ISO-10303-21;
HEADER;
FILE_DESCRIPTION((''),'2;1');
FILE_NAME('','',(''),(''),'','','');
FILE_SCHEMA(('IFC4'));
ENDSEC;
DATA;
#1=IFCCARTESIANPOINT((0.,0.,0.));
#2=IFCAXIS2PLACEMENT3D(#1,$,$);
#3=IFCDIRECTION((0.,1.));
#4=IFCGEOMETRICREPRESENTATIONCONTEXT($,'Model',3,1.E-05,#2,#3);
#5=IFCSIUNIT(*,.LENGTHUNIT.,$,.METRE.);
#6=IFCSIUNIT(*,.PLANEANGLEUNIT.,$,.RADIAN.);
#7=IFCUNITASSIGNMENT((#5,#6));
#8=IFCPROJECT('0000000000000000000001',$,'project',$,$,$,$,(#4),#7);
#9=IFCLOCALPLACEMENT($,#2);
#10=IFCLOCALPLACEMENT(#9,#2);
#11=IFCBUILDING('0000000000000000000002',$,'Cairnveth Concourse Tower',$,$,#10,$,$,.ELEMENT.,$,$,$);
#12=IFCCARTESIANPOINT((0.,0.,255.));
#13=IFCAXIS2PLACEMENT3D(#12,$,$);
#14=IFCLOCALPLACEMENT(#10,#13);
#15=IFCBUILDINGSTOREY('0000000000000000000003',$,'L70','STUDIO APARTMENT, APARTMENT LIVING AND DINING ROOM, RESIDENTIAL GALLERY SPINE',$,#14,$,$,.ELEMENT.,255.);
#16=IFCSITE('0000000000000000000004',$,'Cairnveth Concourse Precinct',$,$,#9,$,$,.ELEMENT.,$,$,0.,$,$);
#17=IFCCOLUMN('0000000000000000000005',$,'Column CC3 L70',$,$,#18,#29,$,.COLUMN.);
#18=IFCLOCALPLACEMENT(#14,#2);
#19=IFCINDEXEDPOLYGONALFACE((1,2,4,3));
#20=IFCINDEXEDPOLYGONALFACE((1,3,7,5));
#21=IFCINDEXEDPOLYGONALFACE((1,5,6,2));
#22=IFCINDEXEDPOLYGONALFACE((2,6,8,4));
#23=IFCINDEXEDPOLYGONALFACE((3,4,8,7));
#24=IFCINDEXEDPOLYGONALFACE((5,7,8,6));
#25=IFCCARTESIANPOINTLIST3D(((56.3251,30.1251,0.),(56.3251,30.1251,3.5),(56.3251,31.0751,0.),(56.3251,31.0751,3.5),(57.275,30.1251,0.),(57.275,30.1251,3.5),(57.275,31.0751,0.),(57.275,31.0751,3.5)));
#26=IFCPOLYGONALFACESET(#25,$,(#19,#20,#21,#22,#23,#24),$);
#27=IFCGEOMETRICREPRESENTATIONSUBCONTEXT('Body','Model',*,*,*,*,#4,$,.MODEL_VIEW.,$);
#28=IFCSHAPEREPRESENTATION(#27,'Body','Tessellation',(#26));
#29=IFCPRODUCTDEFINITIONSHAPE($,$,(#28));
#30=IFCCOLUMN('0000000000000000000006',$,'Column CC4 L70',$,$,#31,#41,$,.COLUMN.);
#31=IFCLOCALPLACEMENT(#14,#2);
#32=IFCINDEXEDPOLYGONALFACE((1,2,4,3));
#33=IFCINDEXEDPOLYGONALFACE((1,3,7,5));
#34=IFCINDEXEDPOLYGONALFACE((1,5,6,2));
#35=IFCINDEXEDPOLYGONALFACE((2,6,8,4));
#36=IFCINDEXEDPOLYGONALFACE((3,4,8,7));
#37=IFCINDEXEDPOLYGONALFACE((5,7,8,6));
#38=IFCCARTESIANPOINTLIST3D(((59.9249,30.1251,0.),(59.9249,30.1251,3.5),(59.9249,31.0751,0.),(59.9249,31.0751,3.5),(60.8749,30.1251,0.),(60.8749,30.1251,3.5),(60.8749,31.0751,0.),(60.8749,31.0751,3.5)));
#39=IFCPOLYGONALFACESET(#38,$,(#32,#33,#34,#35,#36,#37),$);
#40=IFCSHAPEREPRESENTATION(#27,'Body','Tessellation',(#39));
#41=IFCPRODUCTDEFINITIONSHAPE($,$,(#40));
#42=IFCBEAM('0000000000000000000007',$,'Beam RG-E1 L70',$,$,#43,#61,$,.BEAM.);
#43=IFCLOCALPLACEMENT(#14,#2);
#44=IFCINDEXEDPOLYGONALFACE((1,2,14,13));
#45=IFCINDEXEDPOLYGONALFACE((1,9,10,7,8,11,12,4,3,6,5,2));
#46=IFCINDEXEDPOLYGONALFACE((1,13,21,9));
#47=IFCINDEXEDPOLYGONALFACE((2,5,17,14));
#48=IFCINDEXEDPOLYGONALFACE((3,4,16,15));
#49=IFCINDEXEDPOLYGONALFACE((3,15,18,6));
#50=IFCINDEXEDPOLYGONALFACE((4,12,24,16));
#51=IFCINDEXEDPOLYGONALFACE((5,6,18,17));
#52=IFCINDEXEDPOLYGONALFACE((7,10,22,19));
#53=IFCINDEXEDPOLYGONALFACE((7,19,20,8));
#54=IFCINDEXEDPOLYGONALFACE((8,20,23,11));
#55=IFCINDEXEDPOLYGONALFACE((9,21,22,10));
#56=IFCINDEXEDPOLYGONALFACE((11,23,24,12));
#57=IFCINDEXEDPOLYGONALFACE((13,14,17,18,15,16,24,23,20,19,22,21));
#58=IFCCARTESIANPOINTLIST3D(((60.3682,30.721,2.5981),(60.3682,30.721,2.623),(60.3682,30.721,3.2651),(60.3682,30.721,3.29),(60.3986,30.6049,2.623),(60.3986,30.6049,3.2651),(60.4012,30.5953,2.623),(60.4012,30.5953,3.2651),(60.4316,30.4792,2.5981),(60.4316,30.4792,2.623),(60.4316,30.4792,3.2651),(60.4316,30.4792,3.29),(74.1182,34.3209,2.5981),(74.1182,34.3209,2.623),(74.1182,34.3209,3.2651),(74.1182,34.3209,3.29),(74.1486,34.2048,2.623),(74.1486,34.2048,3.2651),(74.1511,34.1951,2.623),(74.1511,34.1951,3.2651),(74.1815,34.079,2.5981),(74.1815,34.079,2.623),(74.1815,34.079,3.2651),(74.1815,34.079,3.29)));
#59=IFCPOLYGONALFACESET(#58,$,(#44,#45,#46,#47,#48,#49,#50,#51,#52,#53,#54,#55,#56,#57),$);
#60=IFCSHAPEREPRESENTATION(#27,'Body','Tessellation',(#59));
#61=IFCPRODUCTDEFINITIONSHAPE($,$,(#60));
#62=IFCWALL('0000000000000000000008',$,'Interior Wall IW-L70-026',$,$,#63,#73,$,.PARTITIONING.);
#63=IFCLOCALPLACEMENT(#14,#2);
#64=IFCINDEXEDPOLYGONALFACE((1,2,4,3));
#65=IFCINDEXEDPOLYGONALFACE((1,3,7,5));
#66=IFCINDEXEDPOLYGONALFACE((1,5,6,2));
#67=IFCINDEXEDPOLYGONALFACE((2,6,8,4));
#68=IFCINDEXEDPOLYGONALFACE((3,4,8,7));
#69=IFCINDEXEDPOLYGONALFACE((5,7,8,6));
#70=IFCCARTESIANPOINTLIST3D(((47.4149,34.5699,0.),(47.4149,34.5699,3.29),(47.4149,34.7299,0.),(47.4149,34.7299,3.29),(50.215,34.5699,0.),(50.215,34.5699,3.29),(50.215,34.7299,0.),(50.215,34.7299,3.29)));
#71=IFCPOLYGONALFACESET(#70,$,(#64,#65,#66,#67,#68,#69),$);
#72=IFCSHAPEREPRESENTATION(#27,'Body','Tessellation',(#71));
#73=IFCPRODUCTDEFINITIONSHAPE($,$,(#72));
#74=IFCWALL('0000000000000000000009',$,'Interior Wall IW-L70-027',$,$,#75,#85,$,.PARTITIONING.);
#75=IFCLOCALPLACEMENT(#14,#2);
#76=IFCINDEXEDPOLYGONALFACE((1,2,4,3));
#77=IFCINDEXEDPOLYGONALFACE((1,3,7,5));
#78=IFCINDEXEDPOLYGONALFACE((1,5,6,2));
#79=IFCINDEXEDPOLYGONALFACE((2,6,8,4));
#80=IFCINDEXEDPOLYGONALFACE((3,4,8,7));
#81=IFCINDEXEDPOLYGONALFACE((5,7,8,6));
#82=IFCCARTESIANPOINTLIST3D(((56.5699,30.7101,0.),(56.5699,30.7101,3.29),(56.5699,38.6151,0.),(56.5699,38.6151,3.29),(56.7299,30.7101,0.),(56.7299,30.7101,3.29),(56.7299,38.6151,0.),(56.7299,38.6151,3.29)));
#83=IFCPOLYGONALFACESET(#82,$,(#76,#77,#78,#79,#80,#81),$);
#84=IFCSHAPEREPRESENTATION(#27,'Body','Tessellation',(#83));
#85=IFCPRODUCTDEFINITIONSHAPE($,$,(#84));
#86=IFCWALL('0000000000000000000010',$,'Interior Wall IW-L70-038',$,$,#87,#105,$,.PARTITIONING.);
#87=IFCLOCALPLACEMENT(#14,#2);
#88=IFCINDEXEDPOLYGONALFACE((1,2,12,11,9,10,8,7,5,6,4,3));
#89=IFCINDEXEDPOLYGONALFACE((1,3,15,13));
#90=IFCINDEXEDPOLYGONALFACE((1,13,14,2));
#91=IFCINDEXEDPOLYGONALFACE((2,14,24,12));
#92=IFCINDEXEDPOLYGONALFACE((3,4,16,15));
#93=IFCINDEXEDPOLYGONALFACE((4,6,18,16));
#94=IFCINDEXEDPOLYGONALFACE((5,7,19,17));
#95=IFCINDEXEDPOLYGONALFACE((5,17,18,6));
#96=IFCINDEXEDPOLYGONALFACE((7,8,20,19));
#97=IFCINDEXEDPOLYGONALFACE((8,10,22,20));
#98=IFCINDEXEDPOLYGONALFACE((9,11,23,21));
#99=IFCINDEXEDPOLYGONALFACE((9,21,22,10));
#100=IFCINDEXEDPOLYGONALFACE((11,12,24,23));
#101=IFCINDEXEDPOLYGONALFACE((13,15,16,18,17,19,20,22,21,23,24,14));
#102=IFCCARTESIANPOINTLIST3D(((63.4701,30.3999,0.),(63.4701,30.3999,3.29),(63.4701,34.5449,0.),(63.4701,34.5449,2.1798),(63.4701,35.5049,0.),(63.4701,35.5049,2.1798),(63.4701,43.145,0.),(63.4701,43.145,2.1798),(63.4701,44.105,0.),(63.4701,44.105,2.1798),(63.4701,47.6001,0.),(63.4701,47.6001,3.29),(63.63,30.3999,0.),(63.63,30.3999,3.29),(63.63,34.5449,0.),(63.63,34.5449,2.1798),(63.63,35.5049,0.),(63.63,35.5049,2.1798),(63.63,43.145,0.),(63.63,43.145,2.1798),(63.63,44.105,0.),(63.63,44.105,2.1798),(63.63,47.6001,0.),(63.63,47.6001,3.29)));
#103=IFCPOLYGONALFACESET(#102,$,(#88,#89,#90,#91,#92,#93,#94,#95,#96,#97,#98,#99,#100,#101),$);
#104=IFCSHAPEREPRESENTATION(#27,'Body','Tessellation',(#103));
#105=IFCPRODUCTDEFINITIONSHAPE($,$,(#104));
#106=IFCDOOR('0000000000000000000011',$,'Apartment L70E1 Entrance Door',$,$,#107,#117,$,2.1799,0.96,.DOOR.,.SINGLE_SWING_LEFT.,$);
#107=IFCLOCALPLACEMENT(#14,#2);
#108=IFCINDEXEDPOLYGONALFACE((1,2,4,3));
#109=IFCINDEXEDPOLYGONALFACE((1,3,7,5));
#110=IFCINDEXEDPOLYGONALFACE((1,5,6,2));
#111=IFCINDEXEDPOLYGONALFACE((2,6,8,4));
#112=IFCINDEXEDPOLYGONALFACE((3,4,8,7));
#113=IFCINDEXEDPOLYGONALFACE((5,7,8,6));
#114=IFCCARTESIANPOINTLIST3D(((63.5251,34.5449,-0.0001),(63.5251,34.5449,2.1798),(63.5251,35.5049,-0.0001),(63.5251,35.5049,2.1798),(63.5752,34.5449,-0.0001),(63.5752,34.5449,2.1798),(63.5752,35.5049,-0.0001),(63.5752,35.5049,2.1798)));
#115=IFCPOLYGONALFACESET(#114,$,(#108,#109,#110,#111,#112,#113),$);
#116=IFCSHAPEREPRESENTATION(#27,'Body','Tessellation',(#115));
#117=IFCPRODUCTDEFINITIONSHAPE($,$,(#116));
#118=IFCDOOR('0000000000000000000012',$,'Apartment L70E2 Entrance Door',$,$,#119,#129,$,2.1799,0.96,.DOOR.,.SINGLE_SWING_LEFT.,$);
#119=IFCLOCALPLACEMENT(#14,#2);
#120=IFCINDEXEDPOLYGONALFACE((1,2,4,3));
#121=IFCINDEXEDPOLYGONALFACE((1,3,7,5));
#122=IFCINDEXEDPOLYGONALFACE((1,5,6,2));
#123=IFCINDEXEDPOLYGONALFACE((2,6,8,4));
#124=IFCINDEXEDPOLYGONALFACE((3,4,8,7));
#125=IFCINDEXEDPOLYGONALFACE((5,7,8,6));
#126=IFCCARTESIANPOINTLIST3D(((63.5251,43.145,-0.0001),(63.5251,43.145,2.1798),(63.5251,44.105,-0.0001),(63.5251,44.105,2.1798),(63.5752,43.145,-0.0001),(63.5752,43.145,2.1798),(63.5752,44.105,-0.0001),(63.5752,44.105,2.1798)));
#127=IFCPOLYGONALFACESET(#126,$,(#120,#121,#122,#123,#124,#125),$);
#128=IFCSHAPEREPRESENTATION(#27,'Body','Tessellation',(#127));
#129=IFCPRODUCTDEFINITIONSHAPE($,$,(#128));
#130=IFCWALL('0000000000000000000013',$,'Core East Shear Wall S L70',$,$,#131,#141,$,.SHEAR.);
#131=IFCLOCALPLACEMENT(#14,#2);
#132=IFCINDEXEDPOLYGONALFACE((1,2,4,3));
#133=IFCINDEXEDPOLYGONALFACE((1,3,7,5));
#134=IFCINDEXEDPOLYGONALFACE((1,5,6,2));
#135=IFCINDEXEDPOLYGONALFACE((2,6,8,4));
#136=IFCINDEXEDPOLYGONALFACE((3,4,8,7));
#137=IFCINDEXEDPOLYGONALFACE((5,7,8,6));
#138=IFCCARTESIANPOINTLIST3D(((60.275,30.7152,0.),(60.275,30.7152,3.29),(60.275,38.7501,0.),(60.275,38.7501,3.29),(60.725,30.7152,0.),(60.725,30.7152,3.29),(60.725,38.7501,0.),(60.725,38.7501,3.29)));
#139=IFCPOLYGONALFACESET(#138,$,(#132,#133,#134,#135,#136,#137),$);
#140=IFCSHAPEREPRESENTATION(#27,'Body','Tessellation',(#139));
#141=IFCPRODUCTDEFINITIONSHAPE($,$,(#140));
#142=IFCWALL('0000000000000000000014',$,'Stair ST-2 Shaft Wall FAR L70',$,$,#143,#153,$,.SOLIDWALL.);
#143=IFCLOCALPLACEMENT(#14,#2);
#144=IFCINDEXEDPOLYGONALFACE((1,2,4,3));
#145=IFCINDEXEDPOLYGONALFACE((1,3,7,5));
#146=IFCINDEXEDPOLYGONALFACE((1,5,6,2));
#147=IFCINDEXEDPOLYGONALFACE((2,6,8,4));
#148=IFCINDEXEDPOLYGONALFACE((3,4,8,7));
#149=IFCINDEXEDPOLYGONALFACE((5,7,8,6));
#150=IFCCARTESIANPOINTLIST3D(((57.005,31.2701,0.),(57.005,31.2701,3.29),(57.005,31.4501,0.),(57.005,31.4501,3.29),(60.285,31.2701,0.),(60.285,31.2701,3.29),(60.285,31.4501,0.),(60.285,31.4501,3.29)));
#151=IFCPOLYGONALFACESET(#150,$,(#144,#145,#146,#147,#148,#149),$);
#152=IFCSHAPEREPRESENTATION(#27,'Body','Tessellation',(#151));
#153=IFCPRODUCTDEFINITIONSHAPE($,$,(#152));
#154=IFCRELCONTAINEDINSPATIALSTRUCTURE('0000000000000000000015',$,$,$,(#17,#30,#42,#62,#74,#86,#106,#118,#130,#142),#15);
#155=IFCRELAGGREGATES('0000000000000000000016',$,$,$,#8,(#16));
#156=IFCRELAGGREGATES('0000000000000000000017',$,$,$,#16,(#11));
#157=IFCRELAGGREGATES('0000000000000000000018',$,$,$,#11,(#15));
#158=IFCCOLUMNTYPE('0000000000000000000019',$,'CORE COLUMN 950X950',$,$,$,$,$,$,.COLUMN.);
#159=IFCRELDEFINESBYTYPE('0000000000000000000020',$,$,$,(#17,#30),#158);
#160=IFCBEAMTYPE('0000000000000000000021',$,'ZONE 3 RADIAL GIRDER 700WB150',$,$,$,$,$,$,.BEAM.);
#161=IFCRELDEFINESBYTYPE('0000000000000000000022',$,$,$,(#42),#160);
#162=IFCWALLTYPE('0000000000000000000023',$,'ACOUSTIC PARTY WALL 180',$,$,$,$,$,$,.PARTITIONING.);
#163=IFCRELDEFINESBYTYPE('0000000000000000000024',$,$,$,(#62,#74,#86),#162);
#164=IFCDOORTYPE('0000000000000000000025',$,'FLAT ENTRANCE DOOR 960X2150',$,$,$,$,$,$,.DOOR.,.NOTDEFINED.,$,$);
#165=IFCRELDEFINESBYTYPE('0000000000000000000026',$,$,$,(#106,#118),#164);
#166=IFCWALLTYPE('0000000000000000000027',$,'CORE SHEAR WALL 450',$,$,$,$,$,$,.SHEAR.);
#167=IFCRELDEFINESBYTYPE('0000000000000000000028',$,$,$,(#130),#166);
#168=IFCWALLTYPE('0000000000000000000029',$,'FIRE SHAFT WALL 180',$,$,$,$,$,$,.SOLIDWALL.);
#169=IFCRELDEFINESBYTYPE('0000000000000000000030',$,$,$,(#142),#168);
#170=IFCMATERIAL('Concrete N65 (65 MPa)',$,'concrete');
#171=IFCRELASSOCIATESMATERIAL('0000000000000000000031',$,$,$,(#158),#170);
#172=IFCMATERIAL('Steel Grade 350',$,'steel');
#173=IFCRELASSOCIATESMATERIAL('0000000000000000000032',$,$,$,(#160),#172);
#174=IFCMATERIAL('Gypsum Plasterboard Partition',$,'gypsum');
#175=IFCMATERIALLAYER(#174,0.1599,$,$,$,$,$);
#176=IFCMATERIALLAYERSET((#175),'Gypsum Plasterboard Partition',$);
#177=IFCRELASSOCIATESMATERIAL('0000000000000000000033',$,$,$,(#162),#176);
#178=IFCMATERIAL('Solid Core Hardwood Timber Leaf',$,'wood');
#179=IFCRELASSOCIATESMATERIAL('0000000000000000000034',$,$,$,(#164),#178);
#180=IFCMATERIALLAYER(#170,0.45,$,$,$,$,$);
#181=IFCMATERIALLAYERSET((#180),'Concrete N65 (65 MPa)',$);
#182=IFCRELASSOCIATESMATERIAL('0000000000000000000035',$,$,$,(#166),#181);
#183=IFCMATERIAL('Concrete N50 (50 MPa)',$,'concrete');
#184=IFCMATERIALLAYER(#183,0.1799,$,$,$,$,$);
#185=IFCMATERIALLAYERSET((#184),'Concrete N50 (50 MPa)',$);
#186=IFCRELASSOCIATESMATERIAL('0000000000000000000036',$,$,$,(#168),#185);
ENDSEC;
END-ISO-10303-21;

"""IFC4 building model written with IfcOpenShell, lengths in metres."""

from ifc_helpers import new_model, si_unit, direction, frame, frame_2d, origin, origin_2d, place, context, subcontext, project, spatial, rectangle, i_section, extrude, material, layer, layer_set, material_profile, profile_set, type_object, element, fill, save


model = new_model("IFC4")

# Units and contexts
model_context = context("Model", 3, precision=1e-05, world=origin(), true_north=direction((0.0, 1.0)))
body_context = subcontext(model_context, "Body", "Model", "MODEL_VIEW")
ifc_project = project(units=[si_unit("LENGTHUNIT", "METRE"), si_unit("PLANEANGLEUNIT", "RADIAN")], contexts=[model_context])

# Site, building, storey
site_placement = place(None, origin())
site = spatial("IfcSite", under=ifc_project, at=site_placement, Name="Cairnveth Concourse Precinct", CompositionType="ELEMENT", RefElevation=0.0)
building_placement = place(site_placement, origin())
building = spatial("IfcBuilding", under=site, at=building_placement, Name="Cairnveth Concourse Tower", CompositionType="ELEMENT")
storey_placement = place(building_placement, frame((0.0, 0.0, 255.0)))
storey = spatial("IfcBuildingStorey", under=building, at=storey_placement, Name="L70", Description="STUDIO APARTMENT, APARTMENT LIVING AND DINING ROOM, RESIDENTIAL GALLERY SPINE", CompositionType="ELEMENT", Elevation=255.0)

# Columns
ifc_material_1 = material(Name="Concrete N65 (65 MPa)", Category="concrete")
ifc_material_profile_1 = material_profile(ifc_material_1, rectangle(XDim=0.95, YDim=0.95, at=origin_2d()), Name="RC-COL-950x950")
ifc_profile_set_1 = profile_set([ifc_material_profile_1], Name="Concrete N65 (65 MPa)")
column_type = type_object("IfcColumnType", Name="CORE COLUMN 950X950", PredefinedType="COLUMN", material=ifc_profile_set_1)
for number, where, z_axis, x_axis, name in (
    (1, (56.8, 30.6001, 0.0), (0.0, 0.0, 1.0), (1.0, 0.0, 0.0), "Column CC3 L70"),
    (2, (60.3999, 30.6001, 0.0), (0.0, 0.0, 1.0), (1.0, 0.0, 0.0), "Column CC4 L70"),
):
    element("IfcColumn", number, at=place(storey_placement, frame(where, z_axis=z_axis, x_axis=x_axis)), inside=storey, type_object=column_type, Name=name, PredefinedType="COLUMN", context=body_context, shape_type="SweptSolid", body=[
        extrude(rectangle(XDim=0.95, YDim=0.95, at=origin_2d()), origin(), (0.0, 0.0, 1.0), 3.5),
    ])

# Beam
ifc_material_2 = material(Name="Steel Grade 350", Category="steel")
ifc_material_profile_2 = material_profile(ifc_material_2, i_section(OverallWidth=0.25, OverallDepth=0.6919, WebThickness=0.01, FlangeThickness=0.0249, at=origin_2d()), Name="700WB150")
ifc_profile_set_2 = profile_set([ifc_material_profile_2], Name="Steel Grade 350")
beam_type = type_object("IfcBeamType", Name="ZONE 3 RADIAL GIRDER 700WB150", PredefinedType="BEAM", material=ifc_profile_set_2)
beam_placement = place(storey_placement, frame((60.3999, 30.6001, 2.9441), z_axis=(0.967395, 0.253271, 0.0), x_axis=(-0.253271, 0.967395, 0.0)))
element("IfcBeam", 3, at=beam_placement, inside=storey, type_object=beam_type, Name="Beam RG-E1 L70", PredefinedType="BEAM", context=body_context, shape_type="SweptSolid", body=[
    extrude(i_section(OverallWidth=0.25, OverallDepth=0.6919, WebThickness=0.01, FlangeThickness=0.0249, at=origin_2d()), origin(), (0.0, 0.0, 1.0), 14.2134),
])

# Walls
ifc_material_3 = material(Name="Gypsum Plasterboard Partition", Category="gypsum")
ifc_layer_1 = layer(ifc_material_3, 0.1599)
ifc_layer_set_1 = layer_set([ifc_layer_1], Name="Gypsum Plasterboard Partition")
wall_type_1 = type_object("IfcWallType", Name="ACOUSTIC PARTY WALL 180", PredefinedType="PARTITIONING", material=ifc_layer_set_1)
wall_1_placement = place(storey_placement, frame((47.415, 34.6499, 0.0), z_axis=(0.0, 0.0, 1.0), x_axis=(1.0, 0.0, 0.0)))
element("IfcWall", 4, at=wall_1_placement, inside=storey, type_object=wall_type_1, Name="Interior Wall IW-L70-026", PredefinedType="PARTITIONING", context=body_context, shape_type="SweptSolid", body=[
    extrude(rectangle(XDim=2.8, YDim=0.1599, at=frame_2d((1.3999, 0.0))), origin(), (0.0, 0.0, 1.0), 3.29),
])
wall_2_placement = place(storey_placement, frame((56.6499, 30.71, 0.0), z_axis=(0.0, 0.0, 1.0), x_axis=(0.0, 1.0, 0.0)))
element("IfcWall", 5, at=wall_2_placement, inside=storey, type_object=wall_type_1, Name="Interior Wall IW-L70-027", PredefinedType="PARTITIONING", context=body_context, shape_type="SweptSolid", body=[
    extrude(rectangle(XDim=7.905, YDim=0.1599, at=frame_2d((3.9526, 0.0))), origin(), (0.0, 0.0, 1.0), 3.29),
])

# Wall, openings, doors
wall_3_placement = place(storey_placement, frame((63.55, 30.3999, 0.0), z_axis=(0.0, 0.0, 1.0), x_axis=(0.0, 1.0, 0.0)))
wall_3 = element("IfcWall", 6, at=wall_3_placement, inside=storey, type_object=wall_type_1, Name="Interior Wall IW-L70-038", PredefinedType="PARTITIONING", context=body_context, shape_type="SweptSolid", body=[
    extrude(rectangle(XDim=17.2002, YDim=0.1599, at=frame_2d((8.6001, 0.0))), origin(), (0.0, 0.0, 1.0), 3.29),
])
opening_1_placement = place(wall_3_placement, frame((4.145, 0.0, 0.0)))
opening_1 = element("IfcOpeningElement", 7, at=opening_1_placement, cuts=wall_3, PredefinedType="OPENING", context=body_context, shape_type="SweptSolid", body=[
    extrude(rectangle(XDim=0.96, YDim=2.1799, at=frame_2d((0.48, 1.0898))), frame((0.0, 0.0898, 0.0), z_axis=(0.0, -1.0, 0.0), x_axis=(1.0, 0.0, 0.0)), (0.0, 0.0, 1.0), 0.1799),
])
opening_2_placement = place(wall_3_placement, frame((12.7451, 0.0, 0.0)))
opening_2 = element("IfcOpeningElement", 8, at=opening_2_placement, cuts=wall_3, PredefinedType="OPENING", context=body_context, shape_type="SweptSolid", body=[
    extrude(rectangle(XDim=0.96, YDim=2.1799, at=frame_2d((0.48, 1.0898))), frame((0.0, 0.0898, 0.0), z_axis=(0.0, -1.0, 0.0), x_axis=(1.0, 0.0, 0.0)), (0.0, 0.0, 1.0), 0.1799),
])
ifc_material_4 = material(Name="Solid Core Hardwood Timber Leaf", Category="wood")
door_type_1 = type_object("IfcDoorType", Name="FLAT ENTRANCE DOOR 960X2150", OperationType="NOTDEFINED", PredefinedType="DOOR", material=ifc_material_4)
door_1_placement = place(opening_1_placement, origin())
door_1 = element("IfcDoor", 9, at=door_1_placement, inside=storey, type_object=door_type_1, Name="Apartment L70E1 Entrance Door", OperationType="SINGLE_SWING_LEFT", OverallHeight=2.1799, OverallWidth=0.96, PredefinedType="DOOR", context=body_context, shape_type="SweptSolid", body=[
    extrude(rectangle(XDim=0.96, YDim=2.1799, at=frame_2d((0.48, 1.0898))), frame((0.0, 0.0249, 0.0), z_axis=(0.0, -1.0, 0.0), x_axis=(1.0, 0.0, 0.0)), (0.0, 0.0, 1.0), 0.05),
])
fill(opening_1, door_1)
door_2_placement = place(opening_2_placement, origin())
door_2 = element("IfcDoor", 10, at=door_2_placement, inside=storey, type_object=door_type_1, Name="Apartment L70E2 Entrance Door", OperationType="SINGLE_SWING_LEFT", OverallHeight=2.1799, OverallWidth=0.96, PredefinedType="DOOR", context=body_context, shape_type="SweptSolid", body=[
    extrude(rectangle(XDim=0.96, YDim=2.1799, at=frame_2d((0.48, 1.0898))), frame((0.0, 0.0249, 0.0), z_axis=(0.0, -1.0, 0.0), x_axis=(1.0, 0.0, 0.0)), (0.0, 0.0, 1.0), 0.05),
])
fill(opening_2, door_2)

# Walls
ifc_layer_2 = layer(ifc_material_1, 0.45)
ifc_layer_set_2 = layer_set([ifc_layer_2], Name="Concrete N65 (65 MPa)")
wall_type_2 = type_object("IfcWallType", Name="CORE SHEAR WALL 450", PredefinedType="SHEAR", material=ifc_layer_set_2)
wall_4_placement = place(storey_placement, frame((60.5, 30.7151, 0.0), z_axis=(0.0, 0.0, 1.0), x_axis=(0.0, 1.0, 0.0)))
element("IfcWall", 11, at=wall_4_placement, inside=storey, type_object=wall_type_2, Name="Core East Shear Wall S L70", PredefinedType="SHEAR", context=body_context, shape_type="SweptSolid", body=[
    extrude(rectangle(XDim=8.0349, YDim=0.45, at=frame_2d((4.0176, 0.0))), origin(), (0.0, 0.0, 1.0), 3.29),
])
ifc_material_5 = material(Name="Concrete N50 (50 MPa)", Category="concrete")
ifc_layer_3 = layer(ifc_material_5, 0.1799)
ifc_layer_set_3 = layer_set([ifc_layer_3], Name="Concrete N50 (50 MPa)")
wall_type_3 = type_object("IfcWallType", Name="FIRE SHAFT WALL 180", PredefinedType="SOLIDWALL", material=ifc_layer_set_3)
wall_5_placement = place(storey_placement, frame((57.0049, 31.3601, 0.0), z_axis=(0.0, 0.0, 1.0), x_axis=(1.0, 0.0, 0.0)))
element("IfcWall", 12, at=wall_5_placement, inside=storey, type_object=wall_type_3, Name="Stair ST-2 Shaft Wall FAR L70", PredefinedType="SOLIDWALL", context=body_context, shape_type="SweptSolid", body=[
    extrude(rectangle(XDim=3.28, YDim=0.1799, at=frame_2d((1.6401, 0.0))), origin(), (0.0, 0.0, 1.0), 3.29),
])

save(model, "model.ifc")
